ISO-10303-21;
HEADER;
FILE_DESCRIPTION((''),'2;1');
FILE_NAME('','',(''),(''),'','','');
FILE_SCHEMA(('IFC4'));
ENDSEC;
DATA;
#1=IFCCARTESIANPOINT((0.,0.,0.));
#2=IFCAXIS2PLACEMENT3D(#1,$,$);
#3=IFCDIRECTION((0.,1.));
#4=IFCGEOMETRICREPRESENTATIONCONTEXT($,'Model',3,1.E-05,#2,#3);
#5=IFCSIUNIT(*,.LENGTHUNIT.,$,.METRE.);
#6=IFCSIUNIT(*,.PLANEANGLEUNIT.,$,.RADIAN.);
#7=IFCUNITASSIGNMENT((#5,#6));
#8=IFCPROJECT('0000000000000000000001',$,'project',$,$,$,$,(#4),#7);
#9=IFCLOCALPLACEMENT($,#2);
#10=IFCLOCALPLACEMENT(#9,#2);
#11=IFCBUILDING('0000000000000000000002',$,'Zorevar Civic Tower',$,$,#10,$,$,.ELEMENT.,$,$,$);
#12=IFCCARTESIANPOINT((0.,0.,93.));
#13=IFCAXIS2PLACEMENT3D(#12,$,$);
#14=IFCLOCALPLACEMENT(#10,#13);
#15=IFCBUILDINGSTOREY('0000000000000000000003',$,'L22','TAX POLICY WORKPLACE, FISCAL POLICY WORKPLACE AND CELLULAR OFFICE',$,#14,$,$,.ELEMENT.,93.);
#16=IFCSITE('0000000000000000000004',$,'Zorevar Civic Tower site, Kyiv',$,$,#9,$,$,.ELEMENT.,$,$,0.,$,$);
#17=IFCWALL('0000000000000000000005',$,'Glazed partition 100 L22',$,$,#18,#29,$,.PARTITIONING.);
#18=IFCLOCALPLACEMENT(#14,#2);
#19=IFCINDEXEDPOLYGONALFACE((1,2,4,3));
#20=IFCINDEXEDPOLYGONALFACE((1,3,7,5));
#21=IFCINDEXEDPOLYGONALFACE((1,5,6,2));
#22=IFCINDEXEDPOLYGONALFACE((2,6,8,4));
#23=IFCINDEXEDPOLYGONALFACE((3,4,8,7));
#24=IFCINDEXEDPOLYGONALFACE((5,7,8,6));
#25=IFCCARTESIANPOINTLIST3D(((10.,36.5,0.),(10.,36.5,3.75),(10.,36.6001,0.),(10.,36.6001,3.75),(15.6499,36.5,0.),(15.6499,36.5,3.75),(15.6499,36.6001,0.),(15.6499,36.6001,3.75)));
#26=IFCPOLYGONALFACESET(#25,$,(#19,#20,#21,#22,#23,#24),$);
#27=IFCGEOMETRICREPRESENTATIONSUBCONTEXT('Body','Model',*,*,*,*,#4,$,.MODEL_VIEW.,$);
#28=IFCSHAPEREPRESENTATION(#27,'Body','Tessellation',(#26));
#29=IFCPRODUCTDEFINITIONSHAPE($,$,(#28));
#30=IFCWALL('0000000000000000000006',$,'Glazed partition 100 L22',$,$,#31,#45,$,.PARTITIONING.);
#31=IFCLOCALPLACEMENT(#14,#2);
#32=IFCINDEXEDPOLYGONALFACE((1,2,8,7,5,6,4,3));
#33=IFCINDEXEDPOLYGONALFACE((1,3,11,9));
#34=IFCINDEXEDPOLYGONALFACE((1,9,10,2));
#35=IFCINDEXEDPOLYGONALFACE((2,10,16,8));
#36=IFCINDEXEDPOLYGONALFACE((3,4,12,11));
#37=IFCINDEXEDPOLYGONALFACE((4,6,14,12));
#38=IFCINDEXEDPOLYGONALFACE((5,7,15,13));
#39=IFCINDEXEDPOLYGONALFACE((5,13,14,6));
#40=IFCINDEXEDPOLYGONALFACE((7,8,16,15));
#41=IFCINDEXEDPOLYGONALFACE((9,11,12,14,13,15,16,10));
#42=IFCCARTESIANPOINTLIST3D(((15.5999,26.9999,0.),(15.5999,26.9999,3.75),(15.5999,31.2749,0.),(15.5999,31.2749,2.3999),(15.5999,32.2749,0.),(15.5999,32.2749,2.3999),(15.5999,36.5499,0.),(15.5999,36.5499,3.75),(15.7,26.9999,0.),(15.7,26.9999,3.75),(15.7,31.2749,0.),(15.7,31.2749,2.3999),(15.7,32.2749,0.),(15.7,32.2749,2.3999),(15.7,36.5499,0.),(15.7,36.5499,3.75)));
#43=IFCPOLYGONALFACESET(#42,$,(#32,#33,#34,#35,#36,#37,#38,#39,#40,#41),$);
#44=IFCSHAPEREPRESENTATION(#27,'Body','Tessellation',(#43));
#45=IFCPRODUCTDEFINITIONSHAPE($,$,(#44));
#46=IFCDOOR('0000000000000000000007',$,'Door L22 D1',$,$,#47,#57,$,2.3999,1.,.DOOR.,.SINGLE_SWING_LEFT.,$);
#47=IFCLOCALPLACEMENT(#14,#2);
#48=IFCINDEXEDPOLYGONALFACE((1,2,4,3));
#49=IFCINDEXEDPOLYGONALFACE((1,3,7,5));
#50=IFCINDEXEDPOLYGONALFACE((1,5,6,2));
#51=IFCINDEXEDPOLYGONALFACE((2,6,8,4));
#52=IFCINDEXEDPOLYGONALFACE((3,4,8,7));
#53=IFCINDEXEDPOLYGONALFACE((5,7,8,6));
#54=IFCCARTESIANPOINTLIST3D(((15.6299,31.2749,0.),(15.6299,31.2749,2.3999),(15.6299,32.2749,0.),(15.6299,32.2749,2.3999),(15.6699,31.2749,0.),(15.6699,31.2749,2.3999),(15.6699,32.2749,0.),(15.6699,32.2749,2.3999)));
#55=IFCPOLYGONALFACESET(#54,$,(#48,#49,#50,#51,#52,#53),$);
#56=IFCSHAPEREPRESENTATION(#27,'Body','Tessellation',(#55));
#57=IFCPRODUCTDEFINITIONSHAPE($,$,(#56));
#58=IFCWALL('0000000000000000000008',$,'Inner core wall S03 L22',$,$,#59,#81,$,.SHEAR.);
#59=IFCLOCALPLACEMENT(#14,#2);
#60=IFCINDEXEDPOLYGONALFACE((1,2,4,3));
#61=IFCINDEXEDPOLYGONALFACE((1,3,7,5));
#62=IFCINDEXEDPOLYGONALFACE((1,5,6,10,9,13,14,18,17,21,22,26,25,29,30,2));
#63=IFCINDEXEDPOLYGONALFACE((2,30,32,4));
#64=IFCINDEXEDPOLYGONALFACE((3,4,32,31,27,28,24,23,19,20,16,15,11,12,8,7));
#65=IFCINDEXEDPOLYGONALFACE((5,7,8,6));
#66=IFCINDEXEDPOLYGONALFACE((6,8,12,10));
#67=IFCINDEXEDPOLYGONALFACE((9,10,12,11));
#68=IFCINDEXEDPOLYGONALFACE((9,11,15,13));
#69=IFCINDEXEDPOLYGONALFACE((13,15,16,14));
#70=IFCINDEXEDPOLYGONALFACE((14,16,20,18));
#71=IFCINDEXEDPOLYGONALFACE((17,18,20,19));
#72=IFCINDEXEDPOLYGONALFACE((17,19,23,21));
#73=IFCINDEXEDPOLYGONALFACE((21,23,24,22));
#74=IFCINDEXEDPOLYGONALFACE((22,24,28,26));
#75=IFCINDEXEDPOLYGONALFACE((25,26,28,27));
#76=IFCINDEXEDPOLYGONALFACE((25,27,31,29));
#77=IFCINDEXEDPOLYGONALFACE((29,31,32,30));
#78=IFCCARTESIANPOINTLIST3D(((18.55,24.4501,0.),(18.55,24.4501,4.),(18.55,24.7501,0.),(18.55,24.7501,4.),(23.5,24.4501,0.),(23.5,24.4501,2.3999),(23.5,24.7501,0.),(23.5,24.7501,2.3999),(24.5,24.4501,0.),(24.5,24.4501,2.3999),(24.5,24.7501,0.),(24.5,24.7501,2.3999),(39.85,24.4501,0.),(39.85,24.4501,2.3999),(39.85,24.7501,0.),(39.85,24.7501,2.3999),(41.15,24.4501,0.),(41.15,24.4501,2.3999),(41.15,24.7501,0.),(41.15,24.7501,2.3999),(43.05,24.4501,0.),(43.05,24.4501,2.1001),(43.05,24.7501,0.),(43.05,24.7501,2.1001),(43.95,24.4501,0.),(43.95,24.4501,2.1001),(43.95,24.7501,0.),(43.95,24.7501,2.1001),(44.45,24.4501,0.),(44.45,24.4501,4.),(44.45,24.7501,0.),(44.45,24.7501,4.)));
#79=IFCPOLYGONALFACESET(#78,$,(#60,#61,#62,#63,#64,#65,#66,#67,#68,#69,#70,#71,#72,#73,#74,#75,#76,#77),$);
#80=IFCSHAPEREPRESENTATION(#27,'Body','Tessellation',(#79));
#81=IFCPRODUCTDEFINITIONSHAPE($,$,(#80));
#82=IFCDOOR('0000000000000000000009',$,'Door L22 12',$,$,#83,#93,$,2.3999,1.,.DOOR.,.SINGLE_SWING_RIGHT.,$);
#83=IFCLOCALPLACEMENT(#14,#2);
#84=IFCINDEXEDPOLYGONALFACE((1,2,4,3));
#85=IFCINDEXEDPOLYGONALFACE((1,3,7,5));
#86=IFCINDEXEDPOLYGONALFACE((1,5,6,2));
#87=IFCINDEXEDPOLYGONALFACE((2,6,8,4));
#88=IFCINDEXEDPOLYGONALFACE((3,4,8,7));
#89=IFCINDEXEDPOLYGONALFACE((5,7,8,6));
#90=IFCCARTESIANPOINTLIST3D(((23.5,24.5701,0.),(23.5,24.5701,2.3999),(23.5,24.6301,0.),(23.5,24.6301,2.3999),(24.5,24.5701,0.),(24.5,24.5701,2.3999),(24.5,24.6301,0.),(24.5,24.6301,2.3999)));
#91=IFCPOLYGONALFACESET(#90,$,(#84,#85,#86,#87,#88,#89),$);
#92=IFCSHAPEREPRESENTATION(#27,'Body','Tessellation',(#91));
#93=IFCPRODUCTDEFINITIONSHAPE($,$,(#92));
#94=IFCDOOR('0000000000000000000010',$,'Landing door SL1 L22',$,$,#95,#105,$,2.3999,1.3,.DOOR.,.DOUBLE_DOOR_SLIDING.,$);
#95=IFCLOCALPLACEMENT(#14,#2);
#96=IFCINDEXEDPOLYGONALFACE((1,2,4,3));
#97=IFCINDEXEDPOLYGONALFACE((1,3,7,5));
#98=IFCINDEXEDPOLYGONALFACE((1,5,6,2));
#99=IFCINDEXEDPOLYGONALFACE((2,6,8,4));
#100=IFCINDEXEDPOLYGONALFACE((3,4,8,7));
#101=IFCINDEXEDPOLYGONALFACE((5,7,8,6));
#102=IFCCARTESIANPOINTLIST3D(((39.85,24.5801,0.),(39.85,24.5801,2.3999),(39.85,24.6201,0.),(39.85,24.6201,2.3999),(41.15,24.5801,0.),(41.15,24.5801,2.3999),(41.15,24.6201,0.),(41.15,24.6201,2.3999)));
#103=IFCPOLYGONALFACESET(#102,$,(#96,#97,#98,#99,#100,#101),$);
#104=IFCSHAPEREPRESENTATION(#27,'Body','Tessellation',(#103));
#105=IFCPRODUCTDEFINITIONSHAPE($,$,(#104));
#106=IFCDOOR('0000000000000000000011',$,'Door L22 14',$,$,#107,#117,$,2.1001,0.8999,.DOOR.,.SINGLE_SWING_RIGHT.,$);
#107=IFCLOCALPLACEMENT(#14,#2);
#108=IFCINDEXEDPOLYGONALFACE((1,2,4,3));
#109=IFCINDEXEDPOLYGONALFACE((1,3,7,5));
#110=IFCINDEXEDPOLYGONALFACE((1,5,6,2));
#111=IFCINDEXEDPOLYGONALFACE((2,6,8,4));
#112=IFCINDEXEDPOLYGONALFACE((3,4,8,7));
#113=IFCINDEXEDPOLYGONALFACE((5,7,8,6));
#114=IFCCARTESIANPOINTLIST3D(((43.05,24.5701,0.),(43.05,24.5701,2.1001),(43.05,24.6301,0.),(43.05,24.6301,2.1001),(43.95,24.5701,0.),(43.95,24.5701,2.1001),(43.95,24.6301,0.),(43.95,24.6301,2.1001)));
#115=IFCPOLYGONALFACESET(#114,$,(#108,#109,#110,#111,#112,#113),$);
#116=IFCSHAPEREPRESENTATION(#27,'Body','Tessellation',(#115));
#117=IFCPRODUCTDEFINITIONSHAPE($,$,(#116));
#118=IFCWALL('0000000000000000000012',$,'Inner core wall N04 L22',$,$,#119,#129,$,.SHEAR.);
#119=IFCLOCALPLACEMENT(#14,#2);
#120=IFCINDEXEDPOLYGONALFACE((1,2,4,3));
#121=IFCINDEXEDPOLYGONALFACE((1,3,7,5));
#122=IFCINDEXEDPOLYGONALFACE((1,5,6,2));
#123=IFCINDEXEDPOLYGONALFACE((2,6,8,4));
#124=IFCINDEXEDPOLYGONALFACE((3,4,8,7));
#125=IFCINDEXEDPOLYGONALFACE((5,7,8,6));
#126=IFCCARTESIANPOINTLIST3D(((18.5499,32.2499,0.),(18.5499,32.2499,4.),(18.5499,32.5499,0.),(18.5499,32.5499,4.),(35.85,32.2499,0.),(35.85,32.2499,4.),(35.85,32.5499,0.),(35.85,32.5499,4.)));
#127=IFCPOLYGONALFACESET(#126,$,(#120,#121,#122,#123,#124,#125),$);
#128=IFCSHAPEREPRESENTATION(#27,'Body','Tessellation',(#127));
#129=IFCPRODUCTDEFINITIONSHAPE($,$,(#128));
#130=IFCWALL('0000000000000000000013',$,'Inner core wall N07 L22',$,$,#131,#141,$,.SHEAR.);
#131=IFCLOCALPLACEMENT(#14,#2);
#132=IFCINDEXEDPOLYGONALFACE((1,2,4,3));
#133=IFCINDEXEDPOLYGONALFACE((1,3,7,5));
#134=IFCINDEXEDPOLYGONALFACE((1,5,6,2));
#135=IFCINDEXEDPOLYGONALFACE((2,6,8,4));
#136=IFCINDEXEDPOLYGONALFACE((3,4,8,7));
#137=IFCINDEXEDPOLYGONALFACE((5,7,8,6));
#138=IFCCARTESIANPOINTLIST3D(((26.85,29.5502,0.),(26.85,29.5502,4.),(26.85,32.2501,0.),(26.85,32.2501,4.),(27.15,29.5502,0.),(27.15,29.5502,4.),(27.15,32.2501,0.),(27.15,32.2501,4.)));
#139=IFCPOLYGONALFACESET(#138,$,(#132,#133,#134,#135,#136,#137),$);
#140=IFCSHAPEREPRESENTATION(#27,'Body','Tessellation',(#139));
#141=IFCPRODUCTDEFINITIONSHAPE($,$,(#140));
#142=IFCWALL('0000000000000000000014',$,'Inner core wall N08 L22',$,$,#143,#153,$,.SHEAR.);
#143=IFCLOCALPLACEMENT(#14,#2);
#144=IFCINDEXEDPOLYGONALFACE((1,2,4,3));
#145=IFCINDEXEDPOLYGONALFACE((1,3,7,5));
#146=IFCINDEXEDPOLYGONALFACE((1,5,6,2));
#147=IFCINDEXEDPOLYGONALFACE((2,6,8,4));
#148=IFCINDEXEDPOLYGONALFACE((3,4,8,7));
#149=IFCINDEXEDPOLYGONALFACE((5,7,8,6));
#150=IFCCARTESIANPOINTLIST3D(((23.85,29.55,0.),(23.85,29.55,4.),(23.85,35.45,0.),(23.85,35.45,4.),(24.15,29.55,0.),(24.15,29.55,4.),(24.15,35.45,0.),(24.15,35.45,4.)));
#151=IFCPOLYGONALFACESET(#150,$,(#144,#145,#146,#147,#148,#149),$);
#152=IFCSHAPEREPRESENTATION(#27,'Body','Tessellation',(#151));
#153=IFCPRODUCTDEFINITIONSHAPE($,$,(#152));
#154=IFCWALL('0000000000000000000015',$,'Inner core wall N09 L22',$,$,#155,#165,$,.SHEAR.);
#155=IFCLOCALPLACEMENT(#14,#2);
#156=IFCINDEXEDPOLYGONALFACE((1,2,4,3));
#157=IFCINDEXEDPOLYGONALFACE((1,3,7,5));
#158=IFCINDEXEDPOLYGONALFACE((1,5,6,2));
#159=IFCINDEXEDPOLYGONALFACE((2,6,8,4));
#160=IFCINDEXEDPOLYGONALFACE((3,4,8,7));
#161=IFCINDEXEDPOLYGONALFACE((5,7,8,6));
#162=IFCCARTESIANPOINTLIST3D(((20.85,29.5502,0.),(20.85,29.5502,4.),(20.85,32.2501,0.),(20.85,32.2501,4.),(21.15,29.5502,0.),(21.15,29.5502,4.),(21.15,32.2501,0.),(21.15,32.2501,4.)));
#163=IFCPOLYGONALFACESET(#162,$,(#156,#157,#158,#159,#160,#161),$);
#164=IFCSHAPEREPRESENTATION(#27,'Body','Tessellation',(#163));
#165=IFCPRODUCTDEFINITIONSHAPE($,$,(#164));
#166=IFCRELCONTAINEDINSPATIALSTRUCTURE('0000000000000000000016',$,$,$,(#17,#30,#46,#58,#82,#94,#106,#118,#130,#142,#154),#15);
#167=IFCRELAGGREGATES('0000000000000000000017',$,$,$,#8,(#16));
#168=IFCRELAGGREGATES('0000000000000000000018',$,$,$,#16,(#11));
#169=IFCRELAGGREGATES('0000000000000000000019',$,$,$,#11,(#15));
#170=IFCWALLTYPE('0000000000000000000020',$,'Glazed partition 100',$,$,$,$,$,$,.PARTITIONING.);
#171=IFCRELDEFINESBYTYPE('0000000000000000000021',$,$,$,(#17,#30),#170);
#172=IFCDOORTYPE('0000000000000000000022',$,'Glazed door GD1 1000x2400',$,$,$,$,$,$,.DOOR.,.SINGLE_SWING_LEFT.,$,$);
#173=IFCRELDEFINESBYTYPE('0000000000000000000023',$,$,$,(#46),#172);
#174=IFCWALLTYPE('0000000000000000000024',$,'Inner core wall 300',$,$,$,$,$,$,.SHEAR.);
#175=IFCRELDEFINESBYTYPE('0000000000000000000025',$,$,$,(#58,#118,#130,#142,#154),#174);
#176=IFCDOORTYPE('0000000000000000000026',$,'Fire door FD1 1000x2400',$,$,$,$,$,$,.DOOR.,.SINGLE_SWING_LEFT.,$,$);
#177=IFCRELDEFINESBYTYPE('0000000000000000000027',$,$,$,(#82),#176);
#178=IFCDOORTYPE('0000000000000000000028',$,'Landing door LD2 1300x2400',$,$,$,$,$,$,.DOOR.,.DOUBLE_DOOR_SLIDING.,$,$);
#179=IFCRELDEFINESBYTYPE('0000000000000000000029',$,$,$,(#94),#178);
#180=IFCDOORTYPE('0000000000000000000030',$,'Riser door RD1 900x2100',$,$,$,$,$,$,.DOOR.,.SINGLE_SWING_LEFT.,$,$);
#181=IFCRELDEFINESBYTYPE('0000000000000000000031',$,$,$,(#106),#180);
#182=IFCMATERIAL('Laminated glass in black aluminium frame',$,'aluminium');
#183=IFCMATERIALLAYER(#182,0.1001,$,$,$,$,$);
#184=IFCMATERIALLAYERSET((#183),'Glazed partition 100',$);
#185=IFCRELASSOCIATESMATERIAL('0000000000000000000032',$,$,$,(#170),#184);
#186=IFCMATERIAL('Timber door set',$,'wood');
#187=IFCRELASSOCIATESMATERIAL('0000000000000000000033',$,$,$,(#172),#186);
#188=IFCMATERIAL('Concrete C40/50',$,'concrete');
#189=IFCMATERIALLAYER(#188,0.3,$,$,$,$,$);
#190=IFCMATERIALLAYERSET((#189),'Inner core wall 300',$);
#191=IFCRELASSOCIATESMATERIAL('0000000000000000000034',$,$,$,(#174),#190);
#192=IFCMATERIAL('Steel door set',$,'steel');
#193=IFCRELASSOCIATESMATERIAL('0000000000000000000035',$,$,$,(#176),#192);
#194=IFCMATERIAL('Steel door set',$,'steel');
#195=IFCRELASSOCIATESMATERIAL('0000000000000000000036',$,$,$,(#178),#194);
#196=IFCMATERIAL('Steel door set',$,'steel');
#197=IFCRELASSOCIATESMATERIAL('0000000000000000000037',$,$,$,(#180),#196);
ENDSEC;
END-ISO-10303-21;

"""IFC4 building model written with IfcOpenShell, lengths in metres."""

from ifc_helpers import new_model, si_unit, direction, frame, frame_2d, origin, place, context, subcontext, project, spatial, rectangle, extrude, material, layer, layer_set, type_object, element, fill, save


model = new_model("IFC4")

# Units and contexts
model_context = context("Model", 3, precision=1e-05, world=origin(), true_north=direction((0.0, 1.0)))
body_context = subcontext(model_context, "Body", "Model", "MODEL_VIEW")
ifc_project = project(units=[si_unit("LENGTHUNIT", "METRE"), si_unit("PLANEANGLEUNIT", "RADIAN")], contexts=[model_context])

# Site, building, storey
site_placement = place(None, origin())
site = spatial("IfcSite", under=ifc_project, at=site_placement, Name="Zorevar Civic Tower site, Kyiv", CompositionType="ELEMENT", RefElevation=0.0)
building_placement = place(site_placement, origin())
building = spatial("IfcBuilding", under=site, at=building_placement, Name="Zorevar Civic Tower", CompositionType="ELEMENT")
storey_placement = place(building_placement, frame((0.0, 0.0, 93.0)))
storey = spatial("IfcBuildingStorey", under=building, at=storey_placement, Name="L22", Description="TAX POLICY WORKPLACE, FISCAL POLICY WORKPLACE AND CELLULAR OFFICE", CompositionType="ELEMENT", Elevation=93.0)

# Wall
ifc_material_1 = material(Name="Laminated glass in black aluminium frame", Category="aluminium")
ifc_layer_1 = layer(ifc_material_1, 0.1001)
ifc_layer_set_1 = layer_set([ifc_layer_1], Name="Glazed partition 100")
wall_type_1 = type_object("IfcWallType", Name="Glazed partition 100", PredefinedType="PARTITIONING", material=ifc_layer_set_1)
wall_1_placement = place(storey_placement, frame((10.0, 36.55, 0.0), z_axis=(0.0, 0.0, 1.0), x_axis=(1.0, 0.0, 0.0)))
element("IfcWall", 1, at=wall_1_placement, inside=storey, type_object=wall_type_1, Name="Glazed partition 100 L22", PredefinedType="PARTITIONING", context=body_context, shape_type="SweptSolid", body=[
    extrude(rectangle(XDim=5.6499, YDim=0.1001, at=frame_2d((2.825, 0.0))), origin(), (0.0, 0.0, 1.0), 3.75),
])

# Wall, opening, door
wall_2_placement = place(storey_placement, frame((15.6499, 27.0, 0.0), z_axis=(0.0, 0.0, 1.0), x_axis=(0.0, 1.0, 0.0)))
wall_2 = element("IfcWall", 2, at=wall_2_placement, inside=storey, type_object=wall_type_1, Name="Glazed partition 100 L22", PredefinedType="PARTITIONING", context=body_context, shape_type="SweptSolid", body=[
    extrude(rectangle(XDim=9.55, YDim=0.1001, at=frame_2d((4.7749, 0.0))), origin(), (0.0, 0.0, 1.0), 3.75),
])
opening_1_placement = place(wall_2_placement, frame((4.2749, 0.0, 0.0)))
opening_1 = element("IfcOpeningElement", 3, at=opening_1_placement, cuts=wall_2, PredefinedType="OPENING", context=body_context, shape_type="SweptSolid", body=[
    extrude(rectangle(XDim=1.0, YDim=2.3999, at=frame_2d((0.5, 1.2))), frame((0.0, 0.0601, 0.0), z_axis=(0.0, -1.0, 0.0), x_axis=(1.0, 0.0, 0.0)), (0.0, 0.0, 1.0), 0.1201),
])
ifc_material_2 = material(Name="Timber door set", Category="wood")
door_type_1 = type_object("IfcDoorType", Name="Glazed door GD1 1000x2400", OperationType="SINGLE_SWING_LEFT", PredefinedType="DOOR", material=ifc_material_2)
door_1_placement = place(opening_1_placement, origin())
door_1 = element("IfcDoor", 4, at=door_1_placement, inside=storey, type_object=door_type_1, Name="Door L22 D1", OperationType="SINGLE_SWING_LEFT", OverallHeight=2.3999, OverallWidth=1.0, PredefinedType="DOOR", context=body_context, shape_type="SweptSolid", body=[
    extrude(rectangle(XDim=1.0, YDim=2.3999, at=frame_2d((0.5, 1.2))), frame((0.0, 0.02, 0.0), z_axis=(0.0, -1.0, 0.0), x_axis=(1.0, 0.0, 0.0)), (0.0, 0.0, 1.0), 0.04),
])
fill(opening_1, door_1)

# Wall, openings, doors
ifc_material_3 = material(Name="Concrete C40/50", Category="concrete")
ifc_layer_2 = layer(ifc_material_3, 0.3)
ifc_layer_set_2 = layer_set([ifc_layer_2], Name="Inner core wall 300")
wall_type_2 = type_object("IfcWallType", Name="Inner core wall 300", PredefinedType="SHEAR", material=ifc_layer_set_2)
wall_3_placement = place(storey_placement, frame((18.55, 24.6001, 0.0), z_axis=(0.0, 0.0, 1.0), x_axis=(1.0, 0.0, 0.0)))
wall_3 = element("IfcWall", 5, at=wall_3_placement, inside=storey, type_object=wall_type_2, Name="Inner core wall S03 L22", PredefinedType="SHEAR", context=body_context, shape_type="SweptSolid", body=[
    extrude(rectangle(XDim=25.8999, YDim=0.3, at=frame_2d((12.95, 0.0))), origin(), (0.0, 0.0, 1.0), 4.0),
])
opening_2_placement = place(wall_3_placement, frame((4.95, 0.0, 0.0)))
opening_2 = element("IfcOpeningElement", 6, at=opening_2_placement, cuts=wall_3, PredefinedType="OPENING", context=body_context, shape_type="SweptSolid", body=[
    extrude(rectangle(XDim=1.0, YDim=2.3999, at=frame_2d((0.5, 1.2))), frame((0.0, 0.1599, 0.0), z_axis=(0.0, -1.0, 0.0), x_axis=(1.0, 0.0, 0.0)), (0.0, 0.0, 1.0), 0.3201),
])
opening_3_placement = place(wall_3_placement, frame((24.5, 0.0, 0.0)))
opening_3 = element("IfcOpeningElement", 7, at=opening_3_placement, cuts=wall_3, PredefinedType="OPENING", context=body_context, shape_type="SweptSolid", body=[
    extrude(rectangle(XDim=0.8999, YDim=2.1001, at=frame_2d((0.45, 1.05))), frame((0.0, 0.1599, 0.0), z_axis=(0.0, -1.0, 0.0), x_axis=(1.0, 0.0, 0.0)), (0.0, 0.0, 1.0), 0.3201),
])
opening_4_placement = place(wall_3_placement, frame((21.3, 0.0, 0.0)))
opening_4 = element("IfcOpeningElement", 8, at=opening_4_placement, cuts=wall_3, PredefinedType="OPENING", context=body_context, shape_type="SweptSolid", body=[
    extrude(rectangle(XDim=1.3, YDim=2.3999, at=frame_2d((0.6499, 1.2))), frame((0.0, 0.1599, 0.0), z_axis=(0.0, -1.0, 0.0), x_axis=(1.0, 0.0, 0.0)), (0.0, 0.0, 1.0), 0.3201),
])
ifc_material_4 = material(Name="Steel door set", Category="steel")
door_type_2 = type_object("IfcDoorType", Name="Fire door FD1 1000x2400", OperationType="SINGLE_SWING_LEFT", PredefinedType="DOOR", material=ifc_material_4)
door_2_placement = place(opening_2_placement, origin())
door_2 = element("IfcDoor", 9, at=door_2_placement, inside=storey, type_object=door_type_2, Name="Door L22 12", OperationType="SINGLE_SWING_RIGHT", OverallHeight=2.3999, OverallWidth=1.0, PredefinedType="DOOR", context=body_context, shape_type="SweptSolid", body=[
    extrude(rectangle(XDim=1.0, YDim=2.3999, at=frame_2d((0.5, 1.2))), frame((0.0, 0.03, 0.0), z_axis=(0.0, -1.0, 0.0), x_axis=(1.0, 0.0, 0.0)), (0.0, 0.0, 1.0), 0.0601),
])
fill(opening_2, door_2)
ifc_material_5 = material(Name="Steel door set", Category="steel")
door_type_3 = type_object("IfcDoorType", Name="Landing door LD2 1300x2400", OperationType="DOUBLE_DOOR_SLIDING", PredefinedType="DOOR", material=ifc_material_5)
door_3_placement = place(opening_4_placement, origin())
door_3 = element("IfcDoor", 10, at=door_3_placement, inside=storey, type_object=door_type_3, Name="Landing door SL1 L22", OperationType="DOUBLE_DOOR_SLIDING", OverallHeight=2.3999, OverallWidth=1.3, PredefinedType="DOOR", context=body_context, shape_type="SweptSolid", body=[
    extrude(rectangle(XDim=1.3, YDim=2.3999, at=frame_2d((0.6499, 1.2))), frame((0.0, 0.02, 0.0), z_axis=(0.0, -1.0, 0.0), x_axis=(1.0, 0.0, 0.0)), (0.0, 0.0, 1.0), 0.04),
])
fill(opening_4, door_3)
ifc_material_6 = material(Name="Steel door set", Category="steel")
door_type_4 = type_object("IfcDoorType", Name="Riser door RD1 900x2100", OperationType="SINGLE_SWING_LEFT", PredefinedType="DOOR", material=ifc_material_6)
door_4_placement = place(opening_3_placement, origin())
door_4 = element("IfcDoor", 11, at=door_4_placement, inside=storey, type_object=door_type_4, Name="Door L22 14", OperationType="SINGLE_SWING_RIGHT", OverallHeight=2.1001, OverallWidth=0.8999, PredefinedType="DOOR", context=body_context, shape_type="SweptSolid", body=[
    extrude(rectangle(XDim=0.8999, YDim=2.1001, at=frame_2d((0.45, 1.05))), frame((0.0, 0.03, 0.0), z_axis=(0.0, -1.0, 0.0), x_axis=(1.0, 0.0, 0.0)), (0.0, 0.0, 1.0), 0.0601),
])
fill(opening_3, door_4)

# Walls
wall_4_placement = place(storey_placement, frame((18.55, 32.3999, 0.0), z_axis=(0.0, 0.0, 1.0), x_axis=(1.0, 0.0, 0.0)))
element("IfcWall", 12, at=wall_4_placement, inside=storey, type_object=wall_type_2, Name="Inner core wall N04 L22", PredefinedType="SHEAR", context=body_context, shape_type="SweptSolid", body=[
    extrude(rectangle(XDim=17.3, YDim=0.3, at=frame_2d((8.6499, 0.0))), origin(), (0.0, 0.0, 1.0), 4.0),
])
wall_5_placement = place(storey_placement, frame((27.0, 29.55, 0.0), z_axis=(0.0, 0.0, 1.0), x_axis=(0.0, 1.0, 0.0)))
element("IfcWall", 13, at=wall_5_placement, inside=storey, type_object=wall_type_2, Name="Inner core wall N07 L22", PredefinedType="SHEAR", context=body_context, shape_type="SweptSolid", body=[
    extrude(rectangle(XDim=2.7, YDim=0.3, at=frame_2d((1.3501, 0.0))), origin(), (0.0, 0.0, 1.0), 4.0),
])
wall_6_placement = place(storey_placement, frame((24.0, 29.55, 0.0), z_axis=(0.0, 0.0, 1.0), x_axis=(0.0, 1.0, 0.0)))
element("IfcWall", 14, at=wall_6_placement, inside=storey, type_object=wall_type_2, Name="Inner core wall N08 L22", PredefinedType="SHEAR", context=body_context, shape_type="SweptSolid", body=[
    extrude(rectangle(XDim=5.8999, YDim=0.3, at=frame_2d((2.95, 0.0))), origin(), (0.0, 0.0, 1.0), 4.0),
])
wall_7_placement = place(storey_placement, frame((21.0, 29.55, 0.0), z_axis=(0.0, 0.0, 1.0), x_axis=(0.0, 1.0, 0.0)))
element("IfcWall", 15, at=wall_7_placement, inside=storey, type_object=wall_type_2, Name="Inner core wall N09 L22", PredefinedType="SHEAR", context=body_context, shape_type="SweptSolid", body=[
    extrude(rectangle(XDim=2.7, YDim=0.3, at=frame_2d((1.3501, 0.0))), origin(), (0.0, 0.0, 1.0), 4.0),
])

save(model, "model.ifc")
